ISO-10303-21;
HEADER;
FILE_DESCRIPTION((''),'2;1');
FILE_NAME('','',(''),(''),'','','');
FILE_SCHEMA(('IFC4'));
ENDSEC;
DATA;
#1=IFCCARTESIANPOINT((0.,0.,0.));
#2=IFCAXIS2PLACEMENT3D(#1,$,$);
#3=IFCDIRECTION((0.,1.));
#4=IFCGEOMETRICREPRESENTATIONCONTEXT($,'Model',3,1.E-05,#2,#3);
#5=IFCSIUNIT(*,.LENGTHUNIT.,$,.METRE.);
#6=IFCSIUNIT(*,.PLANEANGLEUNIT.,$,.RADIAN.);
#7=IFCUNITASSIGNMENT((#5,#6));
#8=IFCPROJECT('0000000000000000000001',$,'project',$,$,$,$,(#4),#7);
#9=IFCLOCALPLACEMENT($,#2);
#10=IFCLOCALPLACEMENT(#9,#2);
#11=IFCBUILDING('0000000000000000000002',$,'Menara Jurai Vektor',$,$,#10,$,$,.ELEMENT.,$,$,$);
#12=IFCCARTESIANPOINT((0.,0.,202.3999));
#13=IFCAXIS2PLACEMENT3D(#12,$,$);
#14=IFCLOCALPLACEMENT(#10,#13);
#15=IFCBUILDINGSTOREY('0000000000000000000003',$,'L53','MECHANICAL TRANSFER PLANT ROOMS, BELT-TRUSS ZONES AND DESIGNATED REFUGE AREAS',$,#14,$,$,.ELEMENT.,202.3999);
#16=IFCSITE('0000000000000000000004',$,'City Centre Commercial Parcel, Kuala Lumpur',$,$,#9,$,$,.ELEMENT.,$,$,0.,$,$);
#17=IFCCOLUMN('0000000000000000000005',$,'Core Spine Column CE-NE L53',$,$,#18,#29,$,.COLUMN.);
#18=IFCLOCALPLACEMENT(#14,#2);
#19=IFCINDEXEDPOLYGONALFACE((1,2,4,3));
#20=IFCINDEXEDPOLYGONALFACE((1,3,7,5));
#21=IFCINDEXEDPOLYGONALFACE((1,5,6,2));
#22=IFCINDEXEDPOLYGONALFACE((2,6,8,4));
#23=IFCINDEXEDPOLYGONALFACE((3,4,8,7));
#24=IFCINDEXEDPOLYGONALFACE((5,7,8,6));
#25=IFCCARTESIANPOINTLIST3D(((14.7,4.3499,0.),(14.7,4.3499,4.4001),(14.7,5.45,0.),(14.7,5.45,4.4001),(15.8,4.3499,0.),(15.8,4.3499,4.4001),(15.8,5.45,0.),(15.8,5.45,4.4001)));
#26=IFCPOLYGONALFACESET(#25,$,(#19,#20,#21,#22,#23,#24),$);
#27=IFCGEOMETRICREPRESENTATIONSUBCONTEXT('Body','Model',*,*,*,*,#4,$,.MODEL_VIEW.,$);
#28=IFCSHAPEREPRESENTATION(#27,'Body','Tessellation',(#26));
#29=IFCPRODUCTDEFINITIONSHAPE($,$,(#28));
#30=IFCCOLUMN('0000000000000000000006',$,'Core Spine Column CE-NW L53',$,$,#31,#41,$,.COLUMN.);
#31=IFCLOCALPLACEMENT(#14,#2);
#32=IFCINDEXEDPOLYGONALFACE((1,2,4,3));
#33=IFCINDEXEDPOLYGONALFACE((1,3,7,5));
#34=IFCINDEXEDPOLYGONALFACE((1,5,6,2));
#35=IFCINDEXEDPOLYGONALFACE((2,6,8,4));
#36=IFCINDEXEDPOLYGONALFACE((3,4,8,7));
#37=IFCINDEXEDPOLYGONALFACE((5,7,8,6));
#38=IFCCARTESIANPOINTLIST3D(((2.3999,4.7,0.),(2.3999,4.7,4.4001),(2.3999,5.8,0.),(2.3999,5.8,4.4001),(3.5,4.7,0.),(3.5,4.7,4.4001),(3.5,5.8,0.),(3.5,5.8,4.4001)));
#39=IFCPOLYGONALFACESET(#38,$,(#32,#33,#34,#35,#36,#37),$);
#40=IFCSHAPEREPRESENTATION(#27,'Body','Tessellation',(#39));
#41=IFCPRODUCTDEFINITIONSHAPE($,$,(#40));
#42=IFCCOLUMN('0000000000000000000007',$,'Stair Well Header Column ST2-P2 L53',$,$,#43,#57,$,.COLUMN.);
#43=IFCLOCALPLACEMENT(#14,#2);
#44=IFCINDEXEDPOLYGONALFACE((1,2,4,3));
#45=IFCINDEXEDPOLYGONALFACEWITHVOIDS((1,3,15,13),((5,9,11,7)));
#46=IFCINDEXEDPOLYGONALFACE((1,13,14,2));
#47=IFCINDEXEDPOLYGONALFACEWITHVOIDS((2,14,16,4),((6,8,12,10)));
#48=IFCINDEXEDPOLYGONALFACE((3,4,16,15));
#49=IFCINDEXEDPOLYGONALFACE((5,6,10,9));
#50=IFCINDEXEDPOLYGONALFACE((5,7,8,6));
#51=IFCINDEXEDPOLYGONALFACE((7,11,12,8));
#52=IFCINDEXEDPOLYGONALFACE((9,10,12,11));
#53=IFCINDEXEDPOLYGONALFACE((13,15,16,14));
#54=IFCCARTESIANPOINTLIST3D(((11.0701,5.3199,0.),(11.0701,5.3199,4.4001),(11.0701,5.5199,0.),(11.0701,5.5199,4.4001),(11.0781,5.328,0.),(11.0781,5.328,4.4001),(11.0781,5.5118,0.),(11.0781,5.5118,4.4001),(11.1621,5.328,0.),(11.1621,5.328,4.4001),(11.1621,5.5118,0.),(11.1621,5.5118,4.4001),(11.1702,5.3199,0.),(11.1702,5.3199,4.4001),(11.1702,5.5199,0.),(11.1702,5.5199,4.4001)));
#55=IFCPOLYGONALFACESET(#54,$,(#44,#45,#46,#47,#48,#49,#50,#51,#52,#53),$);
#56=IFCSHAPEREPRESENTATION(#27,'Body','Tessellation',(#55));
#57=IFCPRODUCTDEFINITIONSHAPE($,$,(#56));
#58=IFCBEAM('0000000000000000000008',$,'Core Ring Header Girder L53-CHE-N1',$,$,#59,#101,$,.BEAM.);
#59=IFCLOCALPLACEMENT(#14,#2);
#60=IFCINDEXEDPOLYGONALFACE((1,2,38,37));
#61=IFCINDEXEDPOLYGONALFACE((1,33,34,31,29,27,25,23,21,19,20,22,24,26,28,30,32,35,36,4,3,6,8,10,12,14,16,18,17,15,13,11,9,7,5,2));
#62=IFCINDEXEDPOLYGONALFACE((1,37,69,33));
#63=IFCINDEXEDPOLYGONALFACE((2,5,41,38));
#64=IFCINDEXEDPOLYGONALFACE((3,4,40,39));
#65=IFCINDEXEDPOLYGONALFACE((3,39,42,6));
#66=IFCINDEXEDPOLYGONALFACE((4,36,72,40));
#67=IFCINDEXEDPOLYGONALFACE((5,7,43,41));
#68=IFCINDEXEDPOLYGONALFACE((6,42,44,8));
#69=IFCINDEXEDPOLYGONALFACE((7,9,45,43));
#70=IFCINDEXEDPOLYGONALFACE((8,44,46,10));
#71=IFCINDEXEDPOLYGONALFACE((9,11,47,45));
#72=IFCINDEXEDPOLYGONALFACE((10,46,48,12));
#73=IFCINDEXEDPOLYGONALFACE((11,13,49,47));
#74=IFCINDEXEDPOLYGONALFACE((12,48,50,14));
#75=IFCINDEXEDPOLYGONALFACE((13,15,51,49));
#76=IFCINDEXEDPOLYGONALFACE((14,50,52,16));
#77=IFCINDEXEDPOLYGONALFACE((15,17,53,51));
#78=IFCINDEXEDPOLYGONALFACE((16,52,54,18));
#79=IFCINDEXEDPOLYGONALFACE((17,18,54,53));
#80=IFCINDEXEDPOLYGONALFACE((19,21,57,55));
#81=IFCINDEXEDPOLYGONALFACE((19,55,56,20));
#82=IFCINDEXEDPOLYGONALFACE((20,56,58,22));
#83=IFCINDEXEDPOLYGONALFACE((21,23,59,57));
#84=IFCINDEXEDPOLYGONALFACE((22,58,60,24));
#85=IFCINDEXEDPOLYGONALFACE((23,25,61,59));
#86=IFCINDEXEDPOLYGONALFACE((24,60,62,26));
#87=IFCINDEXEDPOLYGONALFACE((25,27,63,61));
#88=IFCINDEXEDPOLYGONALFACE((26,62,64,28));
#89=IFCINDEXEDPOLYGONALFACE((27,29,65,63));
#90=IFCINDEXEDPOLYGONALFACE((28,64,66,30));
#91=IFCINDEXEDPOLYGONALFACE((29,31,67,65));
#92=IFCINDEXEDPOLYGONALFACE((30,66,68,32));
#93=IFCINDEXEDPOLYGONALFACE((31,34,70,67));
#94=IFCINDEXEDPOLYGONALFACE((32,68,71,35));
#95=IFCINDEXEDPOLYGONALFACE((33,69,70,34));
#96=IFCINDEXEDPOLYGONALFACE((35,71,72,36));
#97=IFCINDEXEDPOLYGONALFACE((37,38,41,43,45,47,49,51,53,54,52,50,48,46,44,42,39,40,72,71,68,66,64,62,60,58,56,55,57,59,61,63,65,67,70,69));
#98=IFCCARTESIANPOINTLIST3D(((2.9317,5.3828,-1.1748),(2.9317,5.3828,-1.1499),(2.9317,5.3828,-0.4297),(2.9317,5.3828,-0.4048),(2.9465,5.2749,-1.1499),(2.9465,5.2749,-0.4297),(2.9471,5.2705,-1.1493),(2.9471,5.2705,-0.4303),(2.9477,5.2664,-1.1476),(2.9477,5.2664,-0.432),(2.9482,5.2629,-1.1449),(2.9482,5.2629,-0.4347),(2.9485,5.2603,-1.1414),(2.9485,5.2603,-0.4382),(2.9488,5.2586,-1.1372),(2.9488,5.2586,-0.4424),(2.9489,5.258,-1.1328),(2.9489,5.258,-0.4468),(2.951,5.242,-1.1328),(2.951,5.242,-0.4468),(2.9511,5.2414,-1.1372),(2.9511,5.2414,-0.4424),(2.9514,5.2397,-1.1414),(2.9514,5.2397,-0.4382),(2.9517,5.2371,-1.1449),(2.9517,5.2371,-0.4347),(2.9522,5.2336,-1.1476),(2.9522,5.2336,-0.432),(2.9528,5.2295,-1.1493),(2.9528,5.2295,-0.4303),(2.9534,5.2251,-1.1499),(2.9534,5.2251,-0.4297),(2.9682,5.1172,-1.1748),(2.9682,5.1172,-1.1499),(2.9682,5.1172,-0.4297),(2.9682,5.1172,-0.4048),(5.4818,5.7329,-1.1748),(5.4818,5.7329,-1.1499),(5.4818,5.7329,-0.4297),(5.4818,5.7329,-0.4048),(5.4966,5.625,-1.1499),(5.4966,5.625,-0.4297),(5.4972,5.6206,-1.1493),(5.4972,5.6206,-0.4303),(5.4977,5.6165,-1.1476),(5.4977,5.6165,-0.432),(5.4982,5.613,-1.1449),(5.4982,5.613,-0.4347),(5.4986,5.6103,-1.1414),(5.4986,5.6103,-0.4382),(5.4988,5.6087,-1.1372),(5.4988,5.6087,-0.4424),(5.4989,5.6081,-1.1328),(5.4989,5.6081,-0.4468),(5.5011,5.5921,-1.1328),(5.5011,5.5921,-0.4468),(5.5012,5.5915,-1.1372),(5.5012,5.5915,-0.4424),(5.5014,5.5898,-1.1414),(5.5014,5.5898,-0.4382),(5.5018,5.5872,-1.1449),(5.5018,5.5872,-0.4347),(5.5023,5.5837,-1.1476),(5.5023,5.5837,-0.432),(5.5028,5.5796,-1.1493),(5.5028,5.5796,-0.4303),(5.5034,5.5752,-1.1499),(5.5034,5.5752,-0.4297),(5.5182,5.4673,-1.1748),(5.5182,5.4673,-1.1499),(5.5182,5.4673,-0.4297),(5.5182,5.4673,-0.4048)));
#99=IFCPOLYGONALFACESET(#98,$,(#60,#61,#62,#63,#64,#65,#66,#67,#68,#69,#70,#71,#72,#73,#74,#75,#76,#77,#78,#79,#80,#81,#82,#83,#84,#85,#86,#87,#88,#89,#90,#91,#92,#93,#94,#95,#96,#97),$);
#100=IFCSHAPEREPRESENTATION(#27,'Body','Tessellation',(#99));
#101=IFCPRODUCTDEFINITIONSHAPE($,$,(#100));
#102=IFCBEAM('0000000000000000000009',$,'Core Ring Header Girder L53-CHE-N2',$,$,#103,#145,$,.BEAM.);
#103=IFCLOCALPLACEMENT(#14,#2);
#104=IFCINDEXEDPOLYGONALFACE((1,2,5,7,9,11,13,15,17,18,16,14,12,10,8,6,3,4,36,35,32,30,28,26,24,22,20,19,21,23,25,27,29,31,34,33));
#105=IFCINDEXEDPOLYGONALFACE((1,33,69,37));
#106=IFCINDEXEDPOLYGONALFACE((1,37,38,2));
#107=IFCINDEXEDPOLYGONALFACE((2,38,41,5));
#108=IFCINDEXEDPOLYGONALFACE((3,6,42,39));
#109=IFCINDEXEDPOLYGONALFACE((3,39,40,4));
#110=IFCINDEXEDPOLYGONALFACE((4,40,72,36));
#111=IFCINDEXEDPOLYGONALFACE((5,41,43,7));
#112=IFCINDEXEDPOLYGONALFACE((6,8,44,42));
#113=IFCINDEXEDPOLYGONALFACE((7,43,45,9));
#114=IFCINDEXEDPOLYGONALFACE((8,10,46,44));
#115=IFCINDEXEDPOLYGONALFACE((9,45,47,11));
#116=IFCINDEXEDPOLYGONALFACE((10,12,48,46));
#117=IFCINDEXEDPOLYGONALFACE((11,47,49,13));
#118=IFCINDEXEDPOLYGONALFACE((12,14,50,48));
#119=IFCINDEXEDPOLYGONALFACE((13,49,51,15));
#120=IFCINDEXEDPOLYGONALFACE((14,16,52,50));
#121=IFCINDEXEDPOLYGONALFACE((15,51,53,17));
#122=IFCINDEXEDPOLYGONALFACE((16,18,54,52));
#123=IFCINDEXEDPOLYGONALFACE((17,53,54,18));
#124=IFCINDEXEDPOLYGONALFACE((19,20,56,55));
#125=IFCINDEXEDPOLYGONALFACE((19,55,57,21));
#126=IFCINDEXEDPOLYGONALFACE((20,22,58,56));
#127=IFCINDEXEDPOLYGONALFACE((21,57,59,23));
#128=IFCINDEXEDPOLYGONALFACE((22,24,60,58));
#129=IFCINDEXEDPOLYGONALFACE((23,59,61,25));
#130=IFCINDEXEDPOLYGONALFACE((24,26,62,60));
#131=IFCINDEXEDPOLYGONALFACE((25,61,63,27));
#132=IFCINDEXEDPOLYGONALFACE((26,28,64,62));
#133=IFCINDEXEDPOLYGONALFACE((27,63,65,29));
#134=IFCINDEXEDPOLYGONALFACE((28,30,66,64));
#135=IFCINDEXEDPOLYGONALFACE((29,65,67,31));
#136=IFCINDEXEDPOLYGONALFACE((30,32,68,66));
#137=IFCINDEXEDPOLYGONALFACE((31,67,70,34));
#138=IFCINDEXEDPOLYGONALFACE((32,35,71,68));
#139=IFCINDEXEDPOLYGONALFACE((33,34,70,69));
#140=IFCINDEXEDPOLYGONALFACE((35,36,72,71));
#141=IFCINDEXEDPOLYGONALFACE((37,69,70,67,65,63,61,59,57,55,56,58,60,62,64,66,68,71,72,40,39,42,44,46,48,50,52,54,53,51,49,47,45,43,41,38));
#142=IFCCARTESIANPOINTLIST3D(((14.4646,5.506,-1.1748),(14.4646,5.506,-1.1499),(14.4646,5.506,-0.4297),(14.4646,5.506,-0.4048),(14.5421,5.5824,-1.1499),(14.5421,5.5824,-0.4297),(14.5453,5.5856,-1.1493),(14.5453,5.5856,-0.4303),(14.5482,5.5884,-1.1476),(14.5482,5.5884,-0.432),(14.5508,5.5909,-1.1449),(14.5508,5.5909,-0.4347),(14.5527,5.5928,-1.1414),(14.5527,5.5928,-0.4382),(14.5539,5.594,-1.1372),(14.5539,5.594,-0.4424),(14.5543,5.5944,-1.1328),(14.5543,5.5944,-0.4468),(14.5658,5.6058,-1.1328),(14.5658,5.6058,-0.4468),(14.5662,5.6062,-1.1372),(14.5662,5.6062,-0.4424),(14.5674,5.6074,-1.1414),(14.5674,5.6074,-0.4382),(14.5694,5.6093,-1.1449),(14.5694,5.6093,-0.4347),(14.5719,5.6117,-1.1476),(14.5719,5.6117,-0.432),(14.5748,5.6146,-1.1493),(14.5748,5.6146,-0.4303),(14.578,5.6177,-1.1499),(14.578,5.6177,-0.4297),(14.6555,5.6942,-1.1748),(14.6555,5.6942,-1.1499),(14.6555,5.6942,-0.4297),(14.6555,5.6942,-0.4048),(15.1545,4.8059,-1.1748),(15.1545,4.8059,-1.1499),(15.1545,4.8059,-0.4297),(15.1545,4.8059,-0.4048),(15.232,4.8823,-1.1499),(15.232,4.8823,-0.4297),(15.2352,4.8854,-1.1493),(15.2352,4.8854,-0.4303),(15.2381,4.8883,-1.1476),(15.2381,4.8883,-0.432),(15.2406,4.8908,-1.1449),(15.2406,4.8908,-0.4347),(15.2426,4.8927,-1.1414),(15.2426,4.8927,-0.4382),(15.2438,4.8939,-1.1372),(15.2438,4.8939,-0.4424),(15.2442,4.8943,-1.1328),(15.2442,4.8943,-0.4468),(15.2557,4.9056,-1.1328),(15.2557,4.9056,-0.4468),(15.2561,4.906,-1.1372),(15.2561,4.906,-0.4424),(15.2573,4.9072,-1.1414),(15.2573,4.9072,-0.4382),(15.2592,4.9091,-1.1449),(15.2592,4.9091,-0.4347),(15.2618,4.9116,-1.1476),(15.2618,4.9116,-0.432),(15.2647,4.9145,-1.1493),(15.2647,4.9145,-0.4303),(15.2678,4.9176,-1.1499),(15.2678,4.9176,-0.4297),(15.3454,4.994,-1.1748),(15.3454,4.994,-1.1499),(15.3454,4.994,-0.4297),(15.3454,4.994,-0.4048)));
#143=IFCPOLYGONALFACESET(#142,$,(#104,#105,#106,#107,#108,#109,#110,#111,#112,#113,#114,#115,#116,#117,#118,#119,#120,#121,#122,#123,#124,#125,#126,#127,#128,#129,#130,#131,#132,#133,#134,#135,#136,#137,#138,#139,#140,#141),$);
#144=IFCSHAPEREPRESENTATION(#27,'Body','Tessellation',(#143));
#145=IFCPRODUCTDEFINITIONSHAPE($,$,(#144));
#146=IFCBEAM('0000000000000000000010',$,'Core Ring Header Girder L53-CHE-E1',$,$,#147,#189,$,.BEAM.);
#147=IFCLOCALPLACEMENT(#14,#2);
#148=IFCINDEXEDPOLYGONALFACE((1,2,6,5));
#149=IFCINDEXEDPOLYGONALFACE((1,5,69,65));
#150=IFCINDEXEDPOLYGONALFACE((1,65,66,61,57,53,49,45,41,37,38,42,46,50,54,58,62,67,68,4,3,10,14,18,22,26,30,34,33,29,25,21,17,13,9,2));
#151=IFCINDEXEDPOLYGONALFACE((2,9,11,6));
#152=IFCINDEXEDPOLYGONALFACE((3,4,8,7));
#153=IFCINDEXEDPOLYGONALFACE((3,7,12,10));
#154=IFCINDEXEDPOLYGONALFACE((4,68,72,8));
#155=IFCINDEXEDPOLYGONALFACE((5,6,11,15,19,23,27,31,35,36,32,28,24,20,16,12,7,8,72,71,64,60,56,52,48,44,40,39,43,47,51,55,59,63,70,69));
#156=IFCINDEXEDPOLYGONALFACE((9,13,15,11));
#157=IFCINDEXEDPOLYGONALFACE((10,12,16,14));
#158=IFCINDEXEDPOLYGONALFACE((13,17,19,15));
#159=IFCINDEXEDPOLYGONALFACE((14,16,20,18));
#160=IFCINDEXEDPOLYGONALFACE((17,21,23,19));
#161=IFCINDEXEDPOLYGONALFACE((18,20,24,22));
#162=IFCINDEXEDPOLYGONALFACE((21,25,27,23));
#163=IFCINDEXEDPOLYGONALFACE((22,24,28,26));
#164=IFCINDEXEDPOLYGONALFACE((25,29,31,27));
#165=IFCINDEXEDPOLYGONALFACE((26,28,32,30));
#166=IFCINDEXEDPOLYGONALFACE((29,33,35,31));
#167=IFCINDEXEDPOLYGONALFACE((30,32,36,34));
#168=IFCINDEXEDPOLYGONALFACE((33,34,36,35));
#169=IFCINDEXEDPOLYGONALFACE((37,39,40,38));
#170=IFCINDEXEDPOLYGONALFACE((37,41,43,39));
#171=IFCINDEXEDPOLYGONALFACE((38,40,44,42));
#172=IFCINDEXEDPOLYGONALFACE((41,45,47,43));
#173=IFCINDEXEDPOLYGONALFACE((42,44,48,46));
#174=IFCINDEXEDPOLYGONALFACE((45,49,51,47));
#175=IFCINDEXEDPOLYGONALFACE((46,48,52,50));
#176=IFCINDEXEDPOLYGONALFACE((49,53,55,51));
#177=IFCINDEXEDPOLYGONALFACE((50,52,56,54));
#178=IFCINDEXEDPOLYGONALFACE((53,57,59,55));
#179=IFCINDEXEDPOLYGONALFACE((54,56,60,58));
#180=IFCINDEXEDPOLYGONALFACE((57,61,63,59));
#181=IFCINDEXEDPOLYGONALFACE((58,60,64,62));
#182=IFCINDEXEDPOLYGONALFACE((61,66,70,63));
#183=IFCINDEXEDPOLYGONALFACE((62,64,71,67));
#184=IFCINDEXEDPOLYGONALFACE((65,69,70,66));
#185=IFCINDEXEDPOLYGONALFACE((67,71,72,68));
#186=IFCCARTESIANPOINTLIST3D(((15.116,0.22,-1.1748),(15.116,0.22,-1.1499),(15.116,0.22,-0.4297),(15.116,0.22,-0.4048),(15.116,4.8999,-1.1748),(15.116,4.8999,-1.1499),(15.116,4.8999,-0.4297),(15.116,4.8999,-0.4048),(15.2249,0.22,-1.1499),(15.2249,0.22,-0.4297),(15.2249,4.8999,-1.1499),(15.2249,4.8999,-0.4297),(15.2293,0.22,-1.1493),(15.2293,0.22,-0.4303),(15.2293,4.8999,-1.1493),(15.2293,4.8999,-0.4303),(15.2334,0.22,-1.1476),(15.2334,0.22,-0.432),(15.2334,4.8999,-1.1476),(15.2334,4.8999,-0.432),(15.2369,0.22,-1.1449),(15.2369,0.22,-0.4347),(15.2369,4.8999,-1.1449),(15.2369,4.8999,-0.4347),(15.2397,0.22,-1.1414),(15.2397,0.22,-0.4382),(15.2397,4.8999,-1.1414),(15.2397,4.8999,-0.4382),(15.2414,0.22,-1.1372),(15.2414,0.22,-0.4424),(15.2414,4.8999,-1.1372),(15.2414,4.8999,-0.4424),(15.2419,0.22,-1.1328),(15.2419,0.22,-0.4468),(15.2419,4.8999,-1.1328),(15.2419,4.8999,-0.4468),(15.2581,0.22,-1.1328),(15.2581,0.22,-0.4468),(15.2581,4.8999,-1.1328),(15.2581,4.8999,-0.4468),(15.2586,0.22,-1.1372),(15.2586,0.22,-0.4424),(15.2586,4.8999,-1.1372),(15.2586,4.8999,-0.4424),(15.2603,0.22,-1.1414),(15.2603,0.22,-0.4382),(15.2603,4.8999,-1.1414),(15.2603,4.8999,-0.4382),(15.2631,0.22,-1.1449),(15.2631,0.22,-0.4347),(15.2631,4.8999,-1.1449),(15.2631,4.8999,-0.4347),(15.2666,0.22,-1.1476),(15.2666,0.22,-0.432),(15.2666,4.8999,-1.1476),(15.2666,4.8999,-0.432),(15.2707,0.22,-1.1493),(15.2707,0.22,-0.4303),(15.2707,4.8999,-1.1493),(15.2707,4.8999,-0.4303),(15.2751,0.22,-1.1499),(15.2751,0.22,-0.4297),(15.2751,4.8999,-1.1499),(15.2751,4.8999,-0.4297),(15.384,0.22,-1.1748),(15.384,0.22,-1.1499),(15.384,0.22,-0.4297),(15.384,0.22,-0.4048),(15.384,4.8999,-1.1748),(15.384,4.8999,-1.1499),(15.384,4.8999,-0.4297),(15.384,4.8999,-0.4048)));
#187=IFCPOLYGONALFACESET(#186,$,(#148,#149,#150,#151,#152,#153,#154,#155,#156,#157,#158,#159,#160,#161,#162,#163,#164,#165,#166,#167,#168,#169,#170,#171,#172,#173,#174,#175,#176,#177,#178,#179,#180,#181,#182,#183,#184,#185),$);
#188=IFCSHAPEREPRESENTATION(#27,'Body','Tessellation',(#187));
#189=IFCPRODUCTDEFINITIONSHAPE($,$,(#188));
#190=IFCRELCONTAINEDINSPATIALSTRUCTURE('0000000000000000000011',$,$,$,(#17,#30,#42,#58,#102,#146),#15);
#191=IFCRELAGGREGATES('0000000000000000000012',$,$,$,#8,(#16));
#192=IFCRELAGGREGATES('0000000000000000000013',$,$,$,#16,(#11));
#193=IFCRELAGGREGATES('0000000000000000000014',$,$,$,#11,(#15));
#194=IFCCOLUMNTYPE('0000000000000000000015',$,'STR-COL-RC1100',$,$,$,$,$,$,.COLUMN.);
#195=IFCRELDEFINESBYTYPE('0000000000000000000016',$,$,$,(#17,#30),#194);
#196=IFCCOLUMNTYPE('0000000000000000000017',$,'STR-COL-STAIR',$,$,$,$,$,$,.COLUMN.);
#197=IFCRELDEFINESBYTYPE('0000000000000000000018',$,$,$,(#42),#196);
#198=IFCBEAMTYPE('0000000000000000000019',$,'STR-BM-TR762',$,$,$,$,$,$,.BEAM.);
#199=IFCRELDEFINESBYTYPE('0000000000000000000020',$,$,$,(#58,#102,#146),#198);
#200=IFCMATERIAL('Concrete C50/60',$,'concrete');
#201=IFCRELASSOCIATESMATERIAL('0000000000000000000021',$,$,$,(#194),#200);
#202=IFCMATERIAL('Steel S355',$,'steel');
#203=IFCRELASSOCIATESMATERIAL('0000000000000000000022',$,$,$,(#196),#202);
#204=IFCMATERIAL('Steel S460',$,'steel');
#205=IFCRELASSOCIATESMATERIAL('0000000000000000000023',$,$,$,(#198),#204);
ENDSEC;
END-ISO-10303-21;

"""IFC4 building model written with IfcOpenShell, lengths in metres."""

from ifc_helpers import new_model, si_unit, direction, frame, origin, origin_2d, place, context, subcontext, project, spatial, rectangle, hollow_rectangle, i_section, extrude, material, material_profile, profile_set, type_object, element, save


model = new_model("IFC4")

# Units and contexts
model_context = context("Model", 3, precision=1e-05, world=origin(), true_north=direction((0.0, 1.0)))
body_context = subcontext(model_context, "Body", "Model", "MODEL_VIEW")
ifc_project = project(units=[si_unit("LENGTHUNIT", "METRE"), si_unit("PLANEANGLEUNIT", "RADIAN")], contexts=[model_context])

# Site, building, storey
site_placement = place(None, origin())
site = spatial("IfcSite", under=ifc_project, at=site_placement, Name="City Centre Commercial Parcel, Kuala Lumpur", CompositionType="ELEMENT", RefElevation=0.0)
building_placement = place(site_placement, origin())
building = spatial("IfcBuilding", under=site, at=building_placement, Name="Menara Jurai Vektor", CompositionType="ELEMENT")
storey_placement = place(building_placement, frame((0.0, 0.0, 202.3999)))
storey = spatial("IfcBuildingStorey", under=building, at=storey_placement, Name="L53", Description="MECHANICAL TRANSFER PLANT ROOMS, BELT-TRUSS ZONES AND DESIGNATED REFUGE AREAS", CompositionType="ELEMENT", Elevation=202.3999)

# Columns
ifc_material_1 = material(Name="Concrete C50/60", Category="concrete")
ifc_material_profile_1 = material_profile(ifc_material_1, rectangle(XDim=1.1001, YDim=1.1001, at=origin_2d()), Name="RC 1100x1100")
ifc_profile_set_1 = profile_set([ifc_material_profile_1], Name="Concrete C50/60")
column_type_1 = type_object("IfcColumnType", Name="STR-COL-RC1100", PredefinedType="COLUMN", material=ifc_profile_set_1)
for number, where, z_axis, x_axis, name in (
    (1, (15.25, 4.8999, 0.0), (0.0, 0.0, 1.0), (1.0, 0.0, 0.0), "Core Spine Column CE-NE L53"),
    (2, (2.95, 5.25, 0.0), (0.0, 0.0, 1.0), (1.0, 0.0, 0.0), "Core Spine Column CE-NW L53"),
):
    element("IfcColumn", number, at=place(storey_placement, frame(where, z_axis=z_axis, x_axis=x_axis)), inside=storey, type_object=column_type_1, Name=name, PredefinedType="COLUMN", context=body_context, shape_type="SweptSolid", body=[
        extrude(rectangle(XDim=1.1001, YDim=1.1001, at=origin_2d()), origin(), (0.0, 0.0, 1.0), 4.4001),
    ])
ifc_material_2 = material(Name="Steel S355", Category="steel")
ifc_material_profile_2 = material_profile(ifc_material_2, hollow_rectangle(XDim=0.1001, YDim=0.2, WallThickness=0.0081, at=origin_2d()), Name="RHS 200x100x8")
ifc_profile_set_2 = profile_set([ifc_material_profile_2], Name="Steel S355")
column_type_2 = type_object("IfcColumnType", Name="STR-COL-STAIR", PredefinedType="COLUMN", material=ifc_profile_set_2)
column_placement = place(storey_placement, frame((11.1201, 5.4199, 0.0), z_axis=(0.0, 0.0, 1.0), x_axis=(1.0, 0.0, 0.0)))
element("IfcColumn", 3, at=column_placement, inside=storey, type_object=column_type_2, Name="Stair Well Header Column ST2-P2 L53", PredefinedType="COLUMN", context=body_context, shape_type="SweptSolid", body=[
    extrude(hollow_rectangle(XDim=0.1001, YDim=0.2, WallThickness=0.0081, at=origin_2d()), origin(), (0.0, 0.0, 1.0), 4.4001),
])

# Beams
ifc_material_3 = material(Name="Steel S460", Category="steel")
ifc_material_profile_3 = material_profile(ifc_material_3, i_section(OverallWidth=0.2681, OverallDepth=0.77, WebThickness=0.0161, FlangeThickness=0.0249, FilletRadius=0.0171, at=origin_2d()), Name="UKB 762x267x197")
ifc_profile_set_3 = profile_set([ifc_material_profile_3], Name="Steel S460")
beam_type_1 = type_object("IfcBeamType", Name="STR-BM-TR762", PredefinedType="BEAM", material=ifc_profile_set_3)
beam_1_placement = place(storey_placement, frame((2.95, 5.25, -0.7898), z_axis=(0.990707, 0.136015, 0.0), x_axis=(-0.136015, 0.990707, 0.0)))
element("IfcBeam", 4, at=beam_1_placement, inside=storey, type_object=beam_type_1, Name="Core Ring Header Girder L53-CHE-N1", PredefinedType="BEAM", context=body_context, shape_type="SweptSolid", body=[
    extrude(i_section(OverallWidth=0.2681, OverallDepth=0.77, WebThickness=0.0161, FlangeThickness=0.0249, FilletRadius=0.0171, at=origin_2d()), origin(), (0.0, 0.0, 1.0), 2.574),
])
beam_2_placement = place(storey_placement, frame((14.5601, 5.6001, -0.7898), z_axis=(0.701872, -0.712303, 0.0), x_axis=(0.712303, 0.701872, 0.0)))
element("IfcBeam", 5, at=beam_2_placement, inside=storey, type_object=beam_type_1, Name="Core Ring Header Girder L53-CHE-N2", PredefinedType="BEAM", context=body_context, shape_type="SweptSolid", body=[
    extrude(i_section(OverallWidth=0.2681, OverallDepth=0.77, WebThickness=0.0161, FlangeThickness=0.0249, FilletRadius=0.0171, at=origin_2d()), origin(), (0.0, 0.0, 1.0), 0.9829),
])
beam_3_placement = place(storey_placement, frame((15.25, 0.22, -0.7898), z_axis=(0.0, 1.0, 0.0), x_axis=(-1.0, 0.0, 0.0)))
element("IfcBeam", 6, at=beam_3_placement, inside=storey, type_object=beam_type_1, Name="Core Ring Header Girder L53-CHE-E1", PredefinedType="BEAM", context=body_context, shape_type="SweptSolid", body=[
    extrude(i_section(OverallWidth=0.2681, OverallDepth=0.77, WebThickness=0.0161, FlangeThickness=0.0249, FilletRadius=0.0171, at=origin_2d()), origin(), (0.0, 0.0, 1.0), 4.6799),
])

save(model, "model.ifc")
